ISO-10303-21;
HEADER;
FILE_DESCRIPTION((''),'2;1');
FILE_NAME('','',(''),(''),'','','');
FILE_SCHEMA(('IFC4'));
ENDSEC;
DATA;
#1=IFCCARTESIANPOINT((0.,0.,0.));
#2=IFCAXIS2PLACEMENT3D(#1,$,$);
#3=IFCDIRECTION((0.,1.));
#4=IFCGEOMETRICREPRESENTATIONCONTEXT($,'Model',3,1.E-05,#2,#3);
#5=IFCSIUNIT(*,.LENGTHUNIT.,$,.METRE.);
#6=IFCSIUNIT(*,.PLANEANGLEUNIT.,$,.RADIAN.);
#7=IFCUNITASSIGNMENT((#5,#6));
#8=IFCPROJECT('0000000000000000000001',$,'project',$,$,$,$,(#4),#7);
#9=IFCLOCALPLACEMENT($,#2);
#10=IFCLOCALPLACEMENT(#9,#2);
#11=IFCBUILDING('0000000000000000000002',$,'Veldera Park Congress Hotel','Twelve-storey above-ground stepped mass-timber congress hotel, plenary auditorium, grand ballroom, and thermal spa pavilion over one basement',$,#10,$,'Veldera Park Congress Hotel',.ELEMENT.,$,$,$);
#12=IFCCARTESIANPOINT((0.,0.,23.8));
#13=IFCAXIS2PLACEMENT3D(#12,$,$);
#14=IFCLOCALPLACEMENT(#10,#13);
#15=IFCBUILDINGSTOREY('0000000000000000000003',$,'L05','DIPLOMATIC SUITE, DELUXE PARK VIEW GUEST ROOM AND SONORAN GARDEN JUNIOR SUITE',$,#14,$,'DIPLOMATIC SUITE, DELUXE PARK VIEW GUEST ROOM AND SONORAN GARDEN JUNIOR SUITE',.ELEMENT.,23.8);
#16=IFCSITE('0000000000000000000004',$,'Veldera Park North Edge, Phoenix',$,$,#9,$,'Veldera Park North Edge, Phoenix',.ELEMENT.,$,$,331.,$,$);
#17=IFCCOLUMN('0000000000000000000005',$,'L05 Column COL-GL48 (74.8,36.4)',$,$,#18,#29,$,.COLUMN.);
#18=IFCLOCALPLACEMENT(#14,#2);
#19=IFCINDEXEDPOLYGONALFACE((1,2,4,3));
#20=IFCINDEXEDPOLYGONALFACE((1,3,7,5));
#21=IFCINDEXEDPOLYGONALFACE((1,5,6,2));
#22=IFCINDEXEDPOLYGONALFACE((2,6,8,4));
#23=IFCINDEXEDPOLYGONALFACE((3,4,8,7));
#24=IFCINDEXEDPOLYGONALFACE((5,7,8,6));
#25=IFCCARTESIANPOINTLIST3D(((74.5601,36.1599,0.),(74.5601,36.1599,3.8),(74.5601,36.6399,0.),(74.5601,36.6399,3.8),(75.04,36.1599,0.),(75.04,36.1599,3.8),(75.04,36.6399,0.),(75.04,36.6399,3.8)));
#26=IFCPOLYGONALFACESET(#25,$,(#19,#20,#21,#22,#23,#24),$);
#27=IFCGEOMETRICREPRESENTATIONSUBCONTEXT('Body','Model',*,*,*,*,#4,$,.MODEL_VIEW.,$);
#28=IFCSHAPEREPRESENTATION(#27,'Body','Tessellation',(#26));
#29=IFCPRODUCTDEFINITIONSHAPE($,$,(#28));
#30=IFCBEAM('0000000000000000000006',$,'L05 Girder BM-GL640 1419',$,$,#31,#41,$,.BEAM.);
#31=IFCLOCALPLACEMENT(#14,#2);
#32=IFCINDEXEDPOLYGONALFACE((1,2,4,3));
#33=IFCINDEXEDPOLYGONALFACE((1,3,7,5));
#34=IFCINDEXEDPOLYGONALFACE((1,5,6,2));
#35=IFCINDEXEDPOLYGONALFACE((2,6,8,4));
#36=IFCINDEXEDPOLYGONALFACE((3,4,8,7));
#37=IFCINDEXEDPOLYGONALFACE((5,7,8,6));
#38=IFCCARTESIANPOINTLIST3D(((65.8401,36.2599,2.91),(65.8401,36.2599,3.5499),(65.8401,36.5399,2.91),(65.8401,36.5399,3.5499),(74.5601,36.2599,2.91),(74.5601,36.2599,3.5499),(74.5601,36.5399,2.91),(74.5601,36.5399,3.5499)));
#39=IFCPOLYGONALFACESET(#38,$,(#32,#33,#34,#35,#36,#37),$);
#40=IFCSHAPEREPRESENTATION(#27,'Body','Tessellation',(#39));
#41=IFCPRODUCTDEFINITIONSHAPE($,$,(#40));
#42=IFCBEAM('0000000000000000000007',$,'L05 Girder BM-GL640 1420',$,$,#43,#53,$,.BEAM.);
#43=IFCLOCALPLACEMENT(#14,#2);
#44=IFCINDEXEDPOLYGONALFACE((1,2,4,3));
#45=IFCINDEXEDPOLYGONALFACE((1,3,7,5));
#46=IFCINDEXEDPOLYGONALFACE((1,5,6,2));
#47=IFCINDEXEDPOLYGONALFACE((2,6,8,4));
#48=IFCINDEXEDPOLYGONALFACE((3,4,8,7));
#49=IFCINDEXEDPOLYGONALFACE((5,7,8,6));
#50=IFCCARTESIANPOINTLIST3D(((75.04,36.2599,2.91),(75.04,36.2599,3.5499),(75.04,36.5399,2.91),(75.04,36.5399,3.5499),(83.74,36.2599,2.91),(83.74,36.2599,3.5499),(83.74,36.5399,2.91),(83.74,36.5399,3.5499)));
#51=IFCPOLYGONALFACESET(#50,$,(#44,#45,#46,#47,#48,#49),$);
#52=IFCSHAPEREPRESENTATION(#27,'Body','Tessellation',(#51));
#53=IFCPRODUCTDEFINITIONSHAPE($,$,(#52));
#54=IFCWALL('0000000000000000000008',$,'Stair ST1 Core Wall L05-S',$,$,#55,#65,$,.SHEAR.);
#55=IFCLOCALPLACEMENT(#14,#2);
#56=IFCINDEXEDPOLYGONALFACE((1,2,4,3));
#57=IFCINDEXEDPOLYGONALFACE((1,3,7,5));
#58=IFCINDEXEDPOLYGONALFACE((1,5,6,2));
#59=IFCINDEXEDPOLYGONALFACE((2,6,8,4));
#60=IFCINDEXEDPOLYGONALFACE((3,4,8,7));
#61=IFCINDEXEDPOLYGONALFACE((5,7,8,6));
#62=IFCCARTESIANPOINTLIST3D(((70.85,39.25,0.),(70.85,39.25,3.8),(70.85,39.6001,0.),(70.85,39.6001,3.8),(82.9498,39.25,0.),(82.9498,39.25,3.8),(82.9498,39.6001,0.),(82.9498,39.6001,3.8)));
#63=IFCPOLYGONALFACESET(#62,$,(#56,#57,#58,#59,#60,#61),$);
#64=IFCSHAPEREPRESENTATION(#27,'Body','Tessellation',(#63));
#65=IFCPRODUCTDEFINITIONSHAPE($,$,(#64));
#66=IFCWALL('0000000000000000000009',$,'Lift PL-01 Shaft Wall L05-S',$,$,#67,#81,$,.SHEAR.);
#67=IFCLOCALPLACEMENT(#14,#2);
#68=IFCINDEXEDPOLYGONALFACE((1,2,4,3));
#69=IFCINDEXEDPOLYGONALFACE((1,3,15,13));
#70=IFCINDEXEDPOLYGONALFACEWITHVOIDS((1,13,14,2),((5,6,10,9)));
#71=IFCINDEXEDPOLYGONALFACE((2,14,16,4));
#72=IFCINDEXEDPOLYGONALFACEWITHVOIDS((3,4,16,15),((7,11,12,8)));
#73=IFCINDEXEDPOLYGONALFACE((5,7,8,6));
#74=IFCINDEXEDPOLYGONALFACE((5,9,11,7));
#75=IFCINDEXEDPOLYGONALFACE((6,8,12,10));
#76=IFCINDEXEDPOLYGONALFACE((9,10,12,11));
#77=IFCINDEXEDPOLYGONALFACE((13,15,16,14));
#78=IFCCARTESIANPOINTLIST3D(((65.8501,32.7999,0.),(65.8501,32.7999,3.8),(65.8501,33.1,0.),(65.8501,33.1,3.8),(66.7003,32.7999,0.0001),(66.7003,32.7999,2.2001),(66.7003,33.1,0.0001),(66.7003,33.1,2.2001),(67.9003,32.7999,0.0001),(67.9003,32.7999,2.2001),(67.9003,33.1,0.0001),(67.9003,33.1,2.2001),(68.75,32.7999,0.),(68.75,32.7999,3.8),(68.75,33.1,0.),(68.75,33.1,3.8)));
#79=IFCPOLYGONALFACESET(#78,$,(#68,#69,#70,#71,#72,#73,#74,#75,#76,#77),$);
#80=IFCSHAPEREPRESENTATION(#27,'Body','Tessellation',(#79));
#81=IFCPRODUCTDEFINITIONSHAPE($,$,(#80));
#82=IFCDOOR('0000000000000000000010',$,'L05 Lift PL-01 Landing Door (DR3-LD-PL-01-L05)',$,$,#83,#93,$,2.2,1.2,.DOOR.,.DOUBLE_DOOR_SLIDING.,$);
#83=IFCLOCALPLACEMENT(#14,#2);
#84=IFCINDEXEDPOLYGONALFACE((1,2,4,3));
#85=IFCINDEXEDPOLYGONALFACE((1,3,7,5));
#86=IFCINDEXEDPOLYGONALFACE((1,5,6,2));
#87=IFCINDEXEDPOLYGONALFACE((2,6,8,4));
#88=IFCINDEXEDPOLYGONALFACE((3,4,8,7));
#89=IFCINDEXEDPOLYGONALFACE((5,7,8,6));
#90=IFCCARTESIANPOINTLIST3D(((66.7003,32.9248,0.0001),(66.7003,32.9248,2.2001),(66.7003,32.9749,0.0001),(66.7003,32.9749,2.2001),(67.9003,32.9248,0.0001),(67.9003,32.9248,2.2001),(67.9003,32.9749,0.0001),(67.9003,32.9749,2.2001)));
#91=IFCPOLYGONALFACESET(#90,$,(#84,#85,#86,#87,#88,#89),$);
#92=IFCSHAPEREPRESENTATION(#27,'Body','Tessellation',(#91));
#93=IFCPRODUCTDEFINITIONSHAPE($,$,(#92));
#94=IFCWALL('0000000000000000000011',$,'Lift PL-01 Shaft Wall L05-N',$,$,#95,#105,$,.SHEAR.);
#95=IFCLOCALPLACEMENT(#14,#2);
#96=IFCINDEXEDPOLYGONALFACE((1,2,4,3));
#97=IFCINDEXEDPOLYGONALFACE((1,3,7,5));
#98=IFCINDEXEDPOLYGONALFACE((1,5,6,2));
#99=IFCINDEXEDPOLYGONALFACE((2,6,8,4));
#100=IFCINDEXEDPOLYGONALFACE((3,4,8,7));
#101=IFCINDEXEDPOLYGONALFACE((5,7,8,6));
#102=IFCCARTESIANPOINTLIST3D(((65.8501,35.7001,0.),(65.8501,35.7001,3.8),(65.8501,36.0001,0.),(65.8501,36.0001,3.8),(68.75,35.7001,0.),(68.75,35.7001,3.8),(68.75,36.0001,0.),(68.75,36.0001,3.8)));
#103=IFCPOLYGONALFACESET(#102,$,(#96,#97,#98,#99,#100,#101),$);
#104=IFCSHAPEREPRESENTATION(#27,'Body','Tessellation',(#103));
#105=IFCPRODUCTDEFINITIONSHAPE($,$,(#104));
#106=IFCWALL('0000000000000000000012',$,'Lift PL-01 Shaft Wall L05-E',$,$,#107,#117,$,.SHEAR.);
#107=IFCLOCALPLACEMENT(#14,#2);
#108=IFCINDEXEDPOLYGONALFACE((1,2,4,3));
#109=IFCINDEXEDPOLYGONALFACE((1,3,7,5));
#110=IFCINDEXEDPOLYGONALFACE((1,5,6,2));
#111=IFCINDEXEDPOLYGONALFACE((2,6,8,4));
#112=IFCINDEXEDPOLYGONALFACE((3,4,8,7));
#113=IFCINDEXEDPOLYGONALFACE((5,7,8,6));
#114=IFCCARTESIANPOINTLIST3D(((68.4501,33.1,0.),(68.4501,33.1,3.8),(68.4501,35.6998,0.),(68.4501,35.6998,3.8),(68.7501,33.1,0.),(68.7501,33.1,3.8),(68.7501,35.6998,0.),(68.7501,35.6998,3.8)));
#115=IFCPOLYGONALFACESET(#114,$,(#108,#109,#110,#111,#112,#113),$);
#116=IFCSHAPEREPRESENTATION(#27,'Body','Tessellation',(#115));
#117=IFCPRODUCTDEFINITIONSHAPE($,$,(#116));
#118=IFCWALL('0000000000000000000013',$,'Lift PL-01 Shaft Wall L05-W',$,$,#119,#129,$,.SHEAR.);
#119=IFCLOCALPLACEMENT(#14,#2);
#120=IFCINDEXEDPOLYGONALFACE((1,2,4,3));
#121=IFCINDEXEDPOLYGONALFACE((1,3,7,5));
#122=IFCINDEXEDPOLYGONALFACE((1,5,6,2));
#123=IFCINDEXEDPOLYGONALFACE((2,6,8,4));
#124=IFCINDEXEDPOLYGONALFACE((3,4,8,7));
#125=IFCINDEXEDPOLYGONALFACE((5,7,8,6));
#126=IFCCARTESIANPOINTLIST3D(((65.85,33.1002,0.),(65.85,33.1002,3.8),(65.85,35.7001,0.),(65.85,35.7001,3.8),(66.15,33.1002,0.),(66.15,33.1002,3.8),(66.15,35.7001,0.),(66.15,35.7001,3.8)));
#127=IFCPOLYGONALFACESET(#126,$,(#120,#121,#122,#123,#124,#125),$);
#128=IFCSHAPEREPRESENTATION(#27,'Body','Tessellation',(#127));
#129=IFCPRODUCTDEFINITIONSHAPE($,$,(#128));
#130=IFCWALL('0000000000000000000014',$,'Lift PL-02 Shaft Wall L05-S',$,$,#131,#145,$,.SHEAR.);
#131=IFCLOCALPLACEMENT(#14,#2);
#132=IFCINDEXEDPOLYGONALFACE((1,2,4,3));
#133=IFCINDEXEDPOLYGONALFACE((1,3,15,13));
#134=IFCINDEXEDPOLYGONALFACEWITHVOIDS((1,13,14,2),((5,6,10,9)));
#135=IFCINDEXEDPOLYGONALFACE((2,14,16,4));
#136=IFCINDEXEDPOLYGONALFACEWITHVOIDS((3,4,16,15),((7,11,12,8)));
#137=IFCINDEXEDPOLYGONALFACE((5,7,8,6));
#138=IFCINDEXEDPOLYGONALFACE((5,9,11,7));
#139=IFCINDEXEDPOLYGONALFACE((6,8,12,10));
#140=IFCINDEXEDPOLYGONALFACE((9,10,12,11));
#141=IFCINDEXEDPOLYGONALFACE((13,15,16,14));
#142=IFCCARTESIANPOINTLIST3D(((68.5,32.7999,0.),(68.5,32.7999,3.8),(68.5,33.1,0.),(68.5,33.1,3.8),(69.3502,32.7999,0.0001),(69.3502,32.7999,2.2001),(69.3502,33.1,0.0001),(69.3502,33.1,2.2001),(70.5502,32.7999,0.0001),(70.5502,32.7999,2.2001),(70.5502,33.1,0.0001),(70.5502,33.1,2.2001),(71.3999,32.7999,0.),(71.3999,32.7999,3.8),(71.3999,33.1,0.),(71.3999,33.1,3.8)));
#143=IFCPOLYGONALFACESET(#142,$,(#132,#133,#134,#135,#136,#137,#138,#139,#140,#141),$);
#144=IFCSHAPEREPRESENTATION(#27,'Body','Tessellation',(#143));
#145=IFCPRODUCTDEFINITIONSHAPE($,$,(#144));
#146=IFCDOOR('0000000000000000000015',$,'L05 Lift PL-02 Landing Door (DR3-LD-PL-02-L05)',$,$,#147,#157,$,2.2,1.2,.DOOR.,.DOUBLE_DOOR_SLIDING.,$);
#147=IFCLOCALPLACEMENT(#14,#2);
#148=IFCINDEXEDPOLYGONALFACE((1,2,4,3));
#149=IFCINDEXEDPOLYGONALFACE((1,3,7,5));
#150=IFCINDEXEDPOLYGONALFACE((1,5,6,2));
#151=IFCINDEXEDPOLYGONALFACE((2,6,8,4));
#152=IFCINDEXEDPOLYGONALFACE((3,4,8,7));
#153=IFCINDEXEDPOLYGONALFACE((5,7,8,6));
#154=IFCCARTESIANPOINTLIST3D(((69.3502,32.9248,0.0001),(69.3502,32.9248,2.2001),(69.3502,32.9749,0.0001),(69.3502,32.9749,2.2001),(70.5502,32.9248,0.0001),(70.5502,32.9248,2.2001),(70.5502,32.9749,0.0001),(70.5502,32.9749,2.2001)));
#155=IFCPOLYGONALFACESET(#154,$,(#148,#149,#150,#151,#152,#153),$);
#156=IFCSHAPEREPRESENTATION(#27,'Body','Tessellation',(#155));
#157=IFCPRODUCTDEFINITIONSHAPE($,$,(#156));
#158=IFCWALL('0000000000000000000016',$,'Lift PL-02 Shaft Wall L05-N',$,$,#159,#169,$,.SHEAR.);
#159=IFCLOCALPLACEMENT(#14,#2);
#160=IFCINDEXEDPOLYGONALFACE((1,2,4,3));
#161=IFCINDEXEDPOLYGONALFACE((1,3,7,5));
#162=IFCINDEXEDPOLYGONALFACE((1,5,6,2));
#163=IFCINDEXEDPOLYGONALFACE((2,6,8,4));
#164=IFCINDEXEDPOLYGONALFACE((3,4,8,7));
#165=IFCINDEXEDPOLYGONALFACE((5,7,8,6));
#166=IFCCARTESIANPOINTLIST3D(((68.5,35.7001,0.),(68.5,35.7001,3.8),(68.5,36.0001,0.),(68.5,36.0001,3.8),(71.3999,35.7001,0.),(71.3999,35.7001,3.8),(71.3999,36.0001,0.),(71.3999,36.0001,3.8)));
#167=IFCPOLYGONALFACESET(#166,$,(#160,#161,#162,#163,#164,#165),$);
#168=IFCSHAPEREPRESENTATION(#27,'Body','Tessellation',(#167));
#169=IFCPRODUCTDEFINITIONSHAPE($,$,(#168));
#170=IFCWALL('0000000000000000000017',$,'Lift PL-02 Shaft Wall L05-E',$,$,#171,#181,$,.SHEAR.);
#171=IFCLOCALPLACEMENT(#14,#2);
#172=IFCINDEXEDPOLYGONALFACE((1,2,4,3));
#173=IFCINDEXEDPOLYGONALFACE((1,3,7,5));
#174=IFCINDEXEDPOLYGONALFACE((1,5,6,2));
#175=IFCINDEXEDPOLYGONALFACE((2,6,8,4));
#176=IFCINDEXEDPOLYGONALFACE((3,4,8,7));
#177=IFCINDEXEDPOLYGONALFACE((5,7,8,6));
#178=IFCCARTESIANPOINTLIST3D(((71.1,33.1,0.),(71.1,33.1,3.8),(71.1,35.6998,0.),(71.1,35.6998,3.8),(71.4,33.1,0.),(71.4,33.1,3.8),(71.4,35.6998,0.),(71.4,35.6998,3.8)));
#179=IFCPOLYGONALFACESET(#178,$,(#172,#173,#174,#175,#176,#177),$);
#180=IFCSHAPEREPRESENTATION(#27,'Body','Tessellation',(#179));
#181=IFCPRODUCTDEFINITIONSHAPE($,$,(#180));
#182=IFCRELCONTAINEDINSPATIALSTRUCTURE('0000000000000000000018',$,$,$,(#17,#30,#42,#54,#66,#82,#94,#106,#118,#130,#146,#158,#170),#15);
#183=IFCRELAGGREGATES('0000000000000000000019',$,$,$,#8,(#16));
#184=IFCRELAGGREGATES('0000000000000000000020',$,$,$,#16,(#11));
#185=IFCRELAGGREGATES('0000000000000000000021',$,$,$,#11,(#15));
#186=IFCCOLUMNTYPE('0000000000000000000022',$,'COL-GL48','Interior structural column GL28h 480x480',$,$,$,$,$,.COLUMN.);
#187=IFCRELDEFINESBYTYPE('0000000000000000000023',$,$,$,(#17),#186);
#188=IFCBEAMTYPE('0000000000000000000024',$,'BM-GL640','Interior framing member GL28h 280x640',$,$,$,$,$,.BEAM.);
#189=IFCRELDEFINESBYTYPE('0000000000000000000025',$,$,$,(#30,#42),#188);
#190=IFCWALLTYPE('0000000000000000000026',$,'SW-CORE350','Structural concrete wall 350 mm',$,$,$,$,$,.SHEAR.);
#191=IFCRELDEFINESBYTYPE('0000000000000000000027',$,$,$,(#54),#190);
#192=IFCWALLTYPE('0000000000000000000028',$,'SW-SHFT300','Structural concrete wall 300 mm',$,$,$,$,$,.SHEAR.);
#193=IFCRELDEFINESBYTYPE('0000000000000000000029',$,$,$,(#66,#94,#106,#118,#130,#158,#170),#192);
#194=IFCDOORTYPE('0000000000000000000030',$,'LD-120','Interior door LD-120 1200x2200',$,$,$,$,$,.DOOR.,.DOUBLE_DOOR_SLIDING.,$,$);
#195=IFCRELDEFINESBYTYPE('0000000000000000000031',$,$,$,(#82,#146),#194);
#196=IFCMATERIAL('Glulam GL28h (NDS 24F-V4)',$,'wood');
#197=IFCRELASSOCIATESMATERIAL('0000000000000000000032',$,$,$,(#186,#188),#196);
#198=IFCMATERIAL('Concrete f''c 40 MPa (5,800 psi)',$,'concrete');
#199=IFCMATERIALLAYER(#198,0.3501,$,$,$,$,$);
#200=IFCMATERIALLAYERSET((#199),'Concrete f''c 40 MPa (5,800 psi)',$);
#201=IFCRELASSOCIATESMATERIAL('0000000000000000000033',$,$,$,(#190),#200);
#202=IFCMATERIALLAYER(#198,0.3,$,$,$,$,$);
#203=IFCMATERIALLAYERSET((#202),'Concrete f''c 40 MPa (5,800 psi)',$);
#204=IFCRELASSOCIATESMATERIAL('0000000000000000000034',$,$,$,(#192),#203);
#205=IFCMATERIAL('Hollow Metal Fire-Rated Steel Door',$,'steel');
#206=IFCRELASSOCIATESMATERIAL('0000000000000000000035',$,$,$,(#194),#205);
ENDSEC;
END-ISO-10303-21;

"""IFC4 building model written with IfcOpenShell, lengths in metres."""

from ifc_helpers import new_model, si_unit, direction, frame, frame_2d, origin, origin_2d, place, context, subcontext, project, spatial, rectangle, extrude, material, layer, layer_set, material_profile, profile_set, type_object, element, fill, save


model = new_model("IFC4")

# Units and contexts
model_context = context("Model", 3, precision=1e-05, world=origin(), true_north=direction((0.0, 1.0)))
body_context = subcontext(model_context, "Body", "Model", "MODEL_VIEW")
ifc_project = project(units=[si_unit("LENGTHUNIT", "METRE"), si_unit("PLANEANGLEUNIT", "RADIAN")], contexts=[model_context])

# Site, building, storey
site_placement = place(None, origin())
site = spatial("IfcSite", under=ifc_project, at=site_placement, Name="Veldera Park North Edge, Phoenix", LongName="Veldera Park North Edge, Phoenix", CompositionType="ELEMENT", RefElevation=331.0)
building_placement = place(site_placement, origin())
building = spatial("IfcBuilding", under=site, at=building_placement, Name="Veldera Park Congress Hotel", Description="Twelve-storey above-ground stepped mass-timber congress hotel, plenary auditorium, grand ballroom, and thermal spa pavilion over one basement", LongName="Veldera Park Congress Hotel", CompositionType="ELEMENT")
storey_placement = place(building_placement, frame((0.0, 0.0, 23.8)))
storey = spatial("IfcBuildingStorey", under=building, at=storey_placement, Name="L05", Description="DIPLOMATIC SUITE, DELUXE PARK VIEW GUEST ROOM AND SONORAN GARDEN JUNIOR SUITE", LongName="DIPLOMATIC SUITE, DELUXE PARK VIEW GUEST ROOM AND SONORAN GARDEN JUNIOR SUITE", CompositionType="ELEMENT", Elevation=23.8)

# Column
ifc_material_1 = material(Name="Glulam GL28h (NDS 24F-V4)", Category="wood")
ifc_material_profile_1 = material_profile(ifc_material_1, rectangle(XDim=0.48, YDim=0.48, at=origin_2d()), Name="GL28h 480x480")
ifc_profile_set_1 = profile_set([ifc_material_profile_1], Name="Glulam GL28h (NDS 24F-V4)")
column_type = type_object("IfcColumnType", Name="COL-GL48", Description="Interior structural column GL28h 480x480", PredefinedType="COLUMN", material=ifc_profile_set_1)
column_placement = place(storey_placement, frame((74.8, 36.3999, 0.0), z_axis=(0.0, 0.0, 1.0), x_axis=(1.0, 0.0, 0.0)))
element("IfcColumn", 1, at=column_placement, inside=storey, type_object=column_type, Name="L05 Column COL-GL48 (74.8,36.4)", PredefinedType="COLUMN", context=body_context, shape_type="SweptSolid", body=[
    extrude(rectangle(XDim=0.48, YDim=0.48, at=origin_2d()), origin(), (0.0, 0.0, 1.0), 3.8),
])

# Beams
ifc_material_profile_2 = material_profile(ifc_material_1, rectangle(XDim=0.28, YDim=0.6399, at=origin_2d()), Name="GL28h 280x640")
ifc_profile_set_2 = profile_set([ifc_material_profile_2], Name="Glulam GL28h (NDS 24F-V4)")
beam_type = type_object("IfcBeamType", Name="BM-GL640", Description="Interior framing member GL28h 280x640", PredefinedType="BEAM", material=ifc_profile_set_2)
beam_1_placement = place(storey_placement, frame((65.8401, 36.3999, 3.23), z_axis=(1.0, 0.0, 0.0), x_axis=(0.0, 1.0, 0.0)))
element("IfcBeam", 2, at=beam_1_placement, inside=storey, type_object=beam_type, Name="L05 Girder BM-GL640 1419", PredefinedType="BEAM", context=body_context, shape_type="SweptSolid", body=[
    extrude(rectangle(XDim=0.28, YDim=0.6399, at=origin_2d()), origin(), (0.0, 0.0, 1.0), 8.72),
])
beam_2_placement = place(storey_placement, frame((75.04, 36.3999, 3.23), z_axis=(1.0, 0.0, 0.0), x_axis=(0.0, 1.0, 0.0)))
element("IfcBeam", 3, at=beam_2_placement, inside=storey, type_object=beam_type, Name="L05 Girder BM-GL640 1420", PredefinedType="BEAM", context=body_context, shape_type="SweptSolid", body=[
    extrude(rectangle(XDim=0.28, YDim=0.6399, at=origin_2d()), origin(), (0.0, 0.0, 1.0), 8.7),
])

# Wall
ifc_material_2 = material(Name="Concrete f'c 40 MPa (5,800 psi)", Category="concrete")
ifc_layer_1 = layer(ifc_material_2, 0.3501)
ifc_layer_set_1 = layer_set([ifc_layer_1], Name="Concrete f'c 40 MPa (5,800 psi)")
wall_type_1 = type_object("IfcWallType", Name="SW-CORE350", Description="Structural concrete wall 350 mm", PredefinedType="SHEAR", material=ifc_layer_set_1)
wall_1_placement = place(storey_placement, frame((70.8501, 39.425, 0.0), z_axis=(0.0, 0.0, 1.0), x_axis=(1.0, 0.0, 0.0)))
element("IfcWall", 4, at=wall_1_placement, inside=storey, type_object=wall_type_1, Name="Stair ST1 Core Wall L05-S", PredefinedType="SHEAR", context=body_context, shape_type="SweptSolid", body=[
    extrude(rectangle(XDim=12.0999, YDim=0.3501, at=frame_2d((6.0498, 0.0))), origin(), (0.0, 0.0, 1.0), 3.8),
])

# Wall, opening, door
ifc_layer_2 = layer(ifc_material_2, 0.3)
ifc_layer_set_2 = layer_set([ifc_layer_2], Name="Concrete f'c 40 MPa (5,800 psi)")
wall_type_2 = type_object("IfcWallType", Name="SW-SHFT300", Description="Structural concrete wall 300 mm", PredefinedType="SHEAR", material=ifc_layer_set_2)
wall_2_placement = place(storey_placement, frame((65.8501, 32.95, 0.0), z_axis=(0.0, 0.0, 1.0), x_axis=(1.0, 0.0, 0.0)))
wall_2 = element("IfcWall", 5, at=wall_2_placement, inside=storey, type_object=wall_type_2, Name="Lift PL-01 Shaft Wall L05-S", PredefinedType="SHEAR", context=body_context, shape_type="SweptSolid", body=[
    extrude(rectangle(XDim=2.8999, YDim=0.3, at=frame_2d((1.45, 0.0))), origin(), (0.0, 0.0, 1.0), 3.8),
])
opening_1_placement = place(wall_2_placement, frame((0.8501, 0.0, 0.0)))
opening_1 = element("IfcOpeningElement", 6, at=opening_1_placement, cuts=wall_2, PredefinedType="OPENING", context=body_context, shape_type="SweptSolid", body=[
    extrude(rectangle(XDim=1.2, YDim=2.2, at=frame_2d((0.6001, 1.1001))), frame((0.0, 0.1621, 0.0), z_axis=(0.0, -1.0, 0.0), x_axis=(1.0, 0.0, 0.0)), (0.0, 0.0, 1.0), 0.324),
])
ifc_material_3 = material(Name="Hollow Metal Fire-Rated Steel Door", Category="steel")
door_type = type_object("IfcDoorType", Name="LD-120", Description="Interior door LD-120 1200x2200", OperationType="DOUBLE_DOOR_SLIDING", PredefinedType="DOOR", material=ifc_material_3)
door_1_placement = place(opening_1_placement, origin())
door_1 = element("IfcDoor", 7, at=door_1_placement, inside=storey, type_object=door_type, Name="L05 Lift PL-01 Landing Door (DR3-LD-PL-01-L05)", OperationType="DOUBLE_DOOR_SLIDING", OverallHeight=2.2, OverallWidth=1.2, PredefinedType="DOOR", context=body_context, shape_type="SweptSolid", body=[
    extrude(rectangle(XDim=1.2, YDim=2.2, at=frame_2d((0.6001, 1.1001))), frame((0.0, 0.0249, 0.0), z_axis=(0.0, -1.0, 0.0), x_axis=(1.0, 0.0, 0.0)), (0.0, 0.0, 1.0), 0.05),
])
fill(opening_1, door_1)

# Walls
wall_3_placement = place(storey_placement, frame((68.75, 35.8501, 0.0), z_axis=(0.0, 0.0, 1.0), x_axis=(-1.0, 0.0, 0.0)))
element("IfcWall", 8, at=wall_3_placement, inside=storey, type_object=wall_type_2, Name="Lift PL-01 Shaft Wall L05-N", PredefinedType="SHEAR", context=body_context, shape_type="SweptSolid", body=[
    extrude(rectangle(XDim=2.8999, YDim=0.3, at=frame_2d((1.45, 0.0))), origin(), (0.0, 0.0, 1.0), 3.8),
])
for number, where, z_axis, x_axis, name in (
    (9, (68.6001, 33.1001, 0.0), (0.0, 0.0, 1.0), (0.0, 1.0, 0.0), "Lift PL-01 Shaft Wall L05-E"),
    (10, (66.0, 35.7, 0.0), (0.0, 0.0, 1.0), (0.0, -1.0, 0.0), "Lift PL-01 Shaft Wall L05-W"),
):
    element("IfcWall", number, at=place(storey_placement, frame(where, z_axis=z_axis, x_axis=x_axis)), inside=storey, type_object=wall_type_2, Name=name, PredefinedType="SHEAR", context=body_context, shape_type="SweptSolid", body=[
        extrude(rectangle(XDim=2.5999, YDim=0.3, at=frame_2d((1.2998, 0.0))), origin(), (0.0, 0.0, 1.0), 3.8),
    ])

# Wall, opening, door
wall_4_placement = place(storey_placement, frame((68.5, 32.95, 0.0), z_axis=(0.0, 0.0, 1.0), x_axis=(1.0, 0.0, 0.0)))
wall_4 = element("IfcWall", 11, at=wall_4_placement, inside=storey, type_object=wall_type_2, Name="Lift PL-02 Shaft Wall L05-S", PredefinedType="SHEAR", context=body_context, shape_type="SweptSolid", body=[
    extrude(rectangle(XDim=2.8999, YDim=0.3, at=frame_2d((1.45, 0.0))), origin(), (0.0, 0.0, 1.0), 3.8),
])
opening_2_placement = place(wall_4_placement, frame((0.8501, 0.0, 0.0)))
opening_2 = element("IfcOpeningElement", 12, at=opening_2_placement, cuts=wall_4, PredefinedType="OPENING", context=body_context, shape_type="SweptSolid", body=[
    extrude(rectangle(XDim=1.2, YDim=2.2, at=frame_2d((0.6001, 1.1001))), frame((0.0, 0.1621, 0.0), z_axis=(0.0, -1.0, 0.0), x_axis=(1.0, 0.0, 0.0)), (0.0, 0.0, 1.0), 0.324),
])
door_2_placement = place(opening_2_placement, origin())
door_2 = element("IfcDoor", 13, at=door_2_placement, inside=storey, type_object=door_type, Name="L05 Lift PL-02 Landing Door (DR3-LD-PL-02-L05)", OperationType="DOUBLE_DOOR_SLIDING", OverallHeight=2.2, OverallWidth=1.2, PredefinedType="DOOR", context=body_context, shape_type="SweptSolid", body=[
    extrude(rectangle(XDim=1.2, YDim=2.2, at=frame_2d((0.6001, 1.1001))), frame((0.0, 0.0249, 0.0), z_axis=(0.0, -1.0, 0.0), x_axis=(1.0, 0.0, 0.0)), (0.0, 0.0, 1.0), 0.05),
])
fill(opening_2, door_2)

# Walls
wall_5_placement = place(storey_placement, frame((71.3999, 35.8501, 0.0), z_axis=(0.0, 0.0, 1.0), x_axis=(-1.0, 0.0, 0.0)))
element("IfcWall", 14, at=wall_5_placement, inside=storey, type_object=wall_type_2, Name="Lift PL-02 Shaft Wall L05-N", PredefinedType="SHEAR", context=body_context, shape_type="SweptSolid", body=[
    extrude(rectangle(XDim=2.8999, YDim=0.3, at=frame_2d((1.45, 0.0))), origin(), (0.0, 0.0, 1.0), 3.8),
])
wall_6_placement = place(storey_placement, frame((71.25, 33.1001, 0.0), z_axis=(0.0, 0.0, 1.0), x_axis=(0.0, 1.0, 0.0)))
element("IfcWall", 15, at=wall_6_placement, inside=storey, type_object=wall_type_2, Name="Lift PL-02 Shaft Wall L05-E", PredefinedType="SHEAR", context=body_context, shape_type="SweptSolid", body=[
    extrude(rectangle(XDim=2.5999, YDim=0.3, at=frame_2d((1.2998, 0.0))), origin(), (0.0, 0.0, 1.0), 3.8),
])

save(model, "model.ifc")
